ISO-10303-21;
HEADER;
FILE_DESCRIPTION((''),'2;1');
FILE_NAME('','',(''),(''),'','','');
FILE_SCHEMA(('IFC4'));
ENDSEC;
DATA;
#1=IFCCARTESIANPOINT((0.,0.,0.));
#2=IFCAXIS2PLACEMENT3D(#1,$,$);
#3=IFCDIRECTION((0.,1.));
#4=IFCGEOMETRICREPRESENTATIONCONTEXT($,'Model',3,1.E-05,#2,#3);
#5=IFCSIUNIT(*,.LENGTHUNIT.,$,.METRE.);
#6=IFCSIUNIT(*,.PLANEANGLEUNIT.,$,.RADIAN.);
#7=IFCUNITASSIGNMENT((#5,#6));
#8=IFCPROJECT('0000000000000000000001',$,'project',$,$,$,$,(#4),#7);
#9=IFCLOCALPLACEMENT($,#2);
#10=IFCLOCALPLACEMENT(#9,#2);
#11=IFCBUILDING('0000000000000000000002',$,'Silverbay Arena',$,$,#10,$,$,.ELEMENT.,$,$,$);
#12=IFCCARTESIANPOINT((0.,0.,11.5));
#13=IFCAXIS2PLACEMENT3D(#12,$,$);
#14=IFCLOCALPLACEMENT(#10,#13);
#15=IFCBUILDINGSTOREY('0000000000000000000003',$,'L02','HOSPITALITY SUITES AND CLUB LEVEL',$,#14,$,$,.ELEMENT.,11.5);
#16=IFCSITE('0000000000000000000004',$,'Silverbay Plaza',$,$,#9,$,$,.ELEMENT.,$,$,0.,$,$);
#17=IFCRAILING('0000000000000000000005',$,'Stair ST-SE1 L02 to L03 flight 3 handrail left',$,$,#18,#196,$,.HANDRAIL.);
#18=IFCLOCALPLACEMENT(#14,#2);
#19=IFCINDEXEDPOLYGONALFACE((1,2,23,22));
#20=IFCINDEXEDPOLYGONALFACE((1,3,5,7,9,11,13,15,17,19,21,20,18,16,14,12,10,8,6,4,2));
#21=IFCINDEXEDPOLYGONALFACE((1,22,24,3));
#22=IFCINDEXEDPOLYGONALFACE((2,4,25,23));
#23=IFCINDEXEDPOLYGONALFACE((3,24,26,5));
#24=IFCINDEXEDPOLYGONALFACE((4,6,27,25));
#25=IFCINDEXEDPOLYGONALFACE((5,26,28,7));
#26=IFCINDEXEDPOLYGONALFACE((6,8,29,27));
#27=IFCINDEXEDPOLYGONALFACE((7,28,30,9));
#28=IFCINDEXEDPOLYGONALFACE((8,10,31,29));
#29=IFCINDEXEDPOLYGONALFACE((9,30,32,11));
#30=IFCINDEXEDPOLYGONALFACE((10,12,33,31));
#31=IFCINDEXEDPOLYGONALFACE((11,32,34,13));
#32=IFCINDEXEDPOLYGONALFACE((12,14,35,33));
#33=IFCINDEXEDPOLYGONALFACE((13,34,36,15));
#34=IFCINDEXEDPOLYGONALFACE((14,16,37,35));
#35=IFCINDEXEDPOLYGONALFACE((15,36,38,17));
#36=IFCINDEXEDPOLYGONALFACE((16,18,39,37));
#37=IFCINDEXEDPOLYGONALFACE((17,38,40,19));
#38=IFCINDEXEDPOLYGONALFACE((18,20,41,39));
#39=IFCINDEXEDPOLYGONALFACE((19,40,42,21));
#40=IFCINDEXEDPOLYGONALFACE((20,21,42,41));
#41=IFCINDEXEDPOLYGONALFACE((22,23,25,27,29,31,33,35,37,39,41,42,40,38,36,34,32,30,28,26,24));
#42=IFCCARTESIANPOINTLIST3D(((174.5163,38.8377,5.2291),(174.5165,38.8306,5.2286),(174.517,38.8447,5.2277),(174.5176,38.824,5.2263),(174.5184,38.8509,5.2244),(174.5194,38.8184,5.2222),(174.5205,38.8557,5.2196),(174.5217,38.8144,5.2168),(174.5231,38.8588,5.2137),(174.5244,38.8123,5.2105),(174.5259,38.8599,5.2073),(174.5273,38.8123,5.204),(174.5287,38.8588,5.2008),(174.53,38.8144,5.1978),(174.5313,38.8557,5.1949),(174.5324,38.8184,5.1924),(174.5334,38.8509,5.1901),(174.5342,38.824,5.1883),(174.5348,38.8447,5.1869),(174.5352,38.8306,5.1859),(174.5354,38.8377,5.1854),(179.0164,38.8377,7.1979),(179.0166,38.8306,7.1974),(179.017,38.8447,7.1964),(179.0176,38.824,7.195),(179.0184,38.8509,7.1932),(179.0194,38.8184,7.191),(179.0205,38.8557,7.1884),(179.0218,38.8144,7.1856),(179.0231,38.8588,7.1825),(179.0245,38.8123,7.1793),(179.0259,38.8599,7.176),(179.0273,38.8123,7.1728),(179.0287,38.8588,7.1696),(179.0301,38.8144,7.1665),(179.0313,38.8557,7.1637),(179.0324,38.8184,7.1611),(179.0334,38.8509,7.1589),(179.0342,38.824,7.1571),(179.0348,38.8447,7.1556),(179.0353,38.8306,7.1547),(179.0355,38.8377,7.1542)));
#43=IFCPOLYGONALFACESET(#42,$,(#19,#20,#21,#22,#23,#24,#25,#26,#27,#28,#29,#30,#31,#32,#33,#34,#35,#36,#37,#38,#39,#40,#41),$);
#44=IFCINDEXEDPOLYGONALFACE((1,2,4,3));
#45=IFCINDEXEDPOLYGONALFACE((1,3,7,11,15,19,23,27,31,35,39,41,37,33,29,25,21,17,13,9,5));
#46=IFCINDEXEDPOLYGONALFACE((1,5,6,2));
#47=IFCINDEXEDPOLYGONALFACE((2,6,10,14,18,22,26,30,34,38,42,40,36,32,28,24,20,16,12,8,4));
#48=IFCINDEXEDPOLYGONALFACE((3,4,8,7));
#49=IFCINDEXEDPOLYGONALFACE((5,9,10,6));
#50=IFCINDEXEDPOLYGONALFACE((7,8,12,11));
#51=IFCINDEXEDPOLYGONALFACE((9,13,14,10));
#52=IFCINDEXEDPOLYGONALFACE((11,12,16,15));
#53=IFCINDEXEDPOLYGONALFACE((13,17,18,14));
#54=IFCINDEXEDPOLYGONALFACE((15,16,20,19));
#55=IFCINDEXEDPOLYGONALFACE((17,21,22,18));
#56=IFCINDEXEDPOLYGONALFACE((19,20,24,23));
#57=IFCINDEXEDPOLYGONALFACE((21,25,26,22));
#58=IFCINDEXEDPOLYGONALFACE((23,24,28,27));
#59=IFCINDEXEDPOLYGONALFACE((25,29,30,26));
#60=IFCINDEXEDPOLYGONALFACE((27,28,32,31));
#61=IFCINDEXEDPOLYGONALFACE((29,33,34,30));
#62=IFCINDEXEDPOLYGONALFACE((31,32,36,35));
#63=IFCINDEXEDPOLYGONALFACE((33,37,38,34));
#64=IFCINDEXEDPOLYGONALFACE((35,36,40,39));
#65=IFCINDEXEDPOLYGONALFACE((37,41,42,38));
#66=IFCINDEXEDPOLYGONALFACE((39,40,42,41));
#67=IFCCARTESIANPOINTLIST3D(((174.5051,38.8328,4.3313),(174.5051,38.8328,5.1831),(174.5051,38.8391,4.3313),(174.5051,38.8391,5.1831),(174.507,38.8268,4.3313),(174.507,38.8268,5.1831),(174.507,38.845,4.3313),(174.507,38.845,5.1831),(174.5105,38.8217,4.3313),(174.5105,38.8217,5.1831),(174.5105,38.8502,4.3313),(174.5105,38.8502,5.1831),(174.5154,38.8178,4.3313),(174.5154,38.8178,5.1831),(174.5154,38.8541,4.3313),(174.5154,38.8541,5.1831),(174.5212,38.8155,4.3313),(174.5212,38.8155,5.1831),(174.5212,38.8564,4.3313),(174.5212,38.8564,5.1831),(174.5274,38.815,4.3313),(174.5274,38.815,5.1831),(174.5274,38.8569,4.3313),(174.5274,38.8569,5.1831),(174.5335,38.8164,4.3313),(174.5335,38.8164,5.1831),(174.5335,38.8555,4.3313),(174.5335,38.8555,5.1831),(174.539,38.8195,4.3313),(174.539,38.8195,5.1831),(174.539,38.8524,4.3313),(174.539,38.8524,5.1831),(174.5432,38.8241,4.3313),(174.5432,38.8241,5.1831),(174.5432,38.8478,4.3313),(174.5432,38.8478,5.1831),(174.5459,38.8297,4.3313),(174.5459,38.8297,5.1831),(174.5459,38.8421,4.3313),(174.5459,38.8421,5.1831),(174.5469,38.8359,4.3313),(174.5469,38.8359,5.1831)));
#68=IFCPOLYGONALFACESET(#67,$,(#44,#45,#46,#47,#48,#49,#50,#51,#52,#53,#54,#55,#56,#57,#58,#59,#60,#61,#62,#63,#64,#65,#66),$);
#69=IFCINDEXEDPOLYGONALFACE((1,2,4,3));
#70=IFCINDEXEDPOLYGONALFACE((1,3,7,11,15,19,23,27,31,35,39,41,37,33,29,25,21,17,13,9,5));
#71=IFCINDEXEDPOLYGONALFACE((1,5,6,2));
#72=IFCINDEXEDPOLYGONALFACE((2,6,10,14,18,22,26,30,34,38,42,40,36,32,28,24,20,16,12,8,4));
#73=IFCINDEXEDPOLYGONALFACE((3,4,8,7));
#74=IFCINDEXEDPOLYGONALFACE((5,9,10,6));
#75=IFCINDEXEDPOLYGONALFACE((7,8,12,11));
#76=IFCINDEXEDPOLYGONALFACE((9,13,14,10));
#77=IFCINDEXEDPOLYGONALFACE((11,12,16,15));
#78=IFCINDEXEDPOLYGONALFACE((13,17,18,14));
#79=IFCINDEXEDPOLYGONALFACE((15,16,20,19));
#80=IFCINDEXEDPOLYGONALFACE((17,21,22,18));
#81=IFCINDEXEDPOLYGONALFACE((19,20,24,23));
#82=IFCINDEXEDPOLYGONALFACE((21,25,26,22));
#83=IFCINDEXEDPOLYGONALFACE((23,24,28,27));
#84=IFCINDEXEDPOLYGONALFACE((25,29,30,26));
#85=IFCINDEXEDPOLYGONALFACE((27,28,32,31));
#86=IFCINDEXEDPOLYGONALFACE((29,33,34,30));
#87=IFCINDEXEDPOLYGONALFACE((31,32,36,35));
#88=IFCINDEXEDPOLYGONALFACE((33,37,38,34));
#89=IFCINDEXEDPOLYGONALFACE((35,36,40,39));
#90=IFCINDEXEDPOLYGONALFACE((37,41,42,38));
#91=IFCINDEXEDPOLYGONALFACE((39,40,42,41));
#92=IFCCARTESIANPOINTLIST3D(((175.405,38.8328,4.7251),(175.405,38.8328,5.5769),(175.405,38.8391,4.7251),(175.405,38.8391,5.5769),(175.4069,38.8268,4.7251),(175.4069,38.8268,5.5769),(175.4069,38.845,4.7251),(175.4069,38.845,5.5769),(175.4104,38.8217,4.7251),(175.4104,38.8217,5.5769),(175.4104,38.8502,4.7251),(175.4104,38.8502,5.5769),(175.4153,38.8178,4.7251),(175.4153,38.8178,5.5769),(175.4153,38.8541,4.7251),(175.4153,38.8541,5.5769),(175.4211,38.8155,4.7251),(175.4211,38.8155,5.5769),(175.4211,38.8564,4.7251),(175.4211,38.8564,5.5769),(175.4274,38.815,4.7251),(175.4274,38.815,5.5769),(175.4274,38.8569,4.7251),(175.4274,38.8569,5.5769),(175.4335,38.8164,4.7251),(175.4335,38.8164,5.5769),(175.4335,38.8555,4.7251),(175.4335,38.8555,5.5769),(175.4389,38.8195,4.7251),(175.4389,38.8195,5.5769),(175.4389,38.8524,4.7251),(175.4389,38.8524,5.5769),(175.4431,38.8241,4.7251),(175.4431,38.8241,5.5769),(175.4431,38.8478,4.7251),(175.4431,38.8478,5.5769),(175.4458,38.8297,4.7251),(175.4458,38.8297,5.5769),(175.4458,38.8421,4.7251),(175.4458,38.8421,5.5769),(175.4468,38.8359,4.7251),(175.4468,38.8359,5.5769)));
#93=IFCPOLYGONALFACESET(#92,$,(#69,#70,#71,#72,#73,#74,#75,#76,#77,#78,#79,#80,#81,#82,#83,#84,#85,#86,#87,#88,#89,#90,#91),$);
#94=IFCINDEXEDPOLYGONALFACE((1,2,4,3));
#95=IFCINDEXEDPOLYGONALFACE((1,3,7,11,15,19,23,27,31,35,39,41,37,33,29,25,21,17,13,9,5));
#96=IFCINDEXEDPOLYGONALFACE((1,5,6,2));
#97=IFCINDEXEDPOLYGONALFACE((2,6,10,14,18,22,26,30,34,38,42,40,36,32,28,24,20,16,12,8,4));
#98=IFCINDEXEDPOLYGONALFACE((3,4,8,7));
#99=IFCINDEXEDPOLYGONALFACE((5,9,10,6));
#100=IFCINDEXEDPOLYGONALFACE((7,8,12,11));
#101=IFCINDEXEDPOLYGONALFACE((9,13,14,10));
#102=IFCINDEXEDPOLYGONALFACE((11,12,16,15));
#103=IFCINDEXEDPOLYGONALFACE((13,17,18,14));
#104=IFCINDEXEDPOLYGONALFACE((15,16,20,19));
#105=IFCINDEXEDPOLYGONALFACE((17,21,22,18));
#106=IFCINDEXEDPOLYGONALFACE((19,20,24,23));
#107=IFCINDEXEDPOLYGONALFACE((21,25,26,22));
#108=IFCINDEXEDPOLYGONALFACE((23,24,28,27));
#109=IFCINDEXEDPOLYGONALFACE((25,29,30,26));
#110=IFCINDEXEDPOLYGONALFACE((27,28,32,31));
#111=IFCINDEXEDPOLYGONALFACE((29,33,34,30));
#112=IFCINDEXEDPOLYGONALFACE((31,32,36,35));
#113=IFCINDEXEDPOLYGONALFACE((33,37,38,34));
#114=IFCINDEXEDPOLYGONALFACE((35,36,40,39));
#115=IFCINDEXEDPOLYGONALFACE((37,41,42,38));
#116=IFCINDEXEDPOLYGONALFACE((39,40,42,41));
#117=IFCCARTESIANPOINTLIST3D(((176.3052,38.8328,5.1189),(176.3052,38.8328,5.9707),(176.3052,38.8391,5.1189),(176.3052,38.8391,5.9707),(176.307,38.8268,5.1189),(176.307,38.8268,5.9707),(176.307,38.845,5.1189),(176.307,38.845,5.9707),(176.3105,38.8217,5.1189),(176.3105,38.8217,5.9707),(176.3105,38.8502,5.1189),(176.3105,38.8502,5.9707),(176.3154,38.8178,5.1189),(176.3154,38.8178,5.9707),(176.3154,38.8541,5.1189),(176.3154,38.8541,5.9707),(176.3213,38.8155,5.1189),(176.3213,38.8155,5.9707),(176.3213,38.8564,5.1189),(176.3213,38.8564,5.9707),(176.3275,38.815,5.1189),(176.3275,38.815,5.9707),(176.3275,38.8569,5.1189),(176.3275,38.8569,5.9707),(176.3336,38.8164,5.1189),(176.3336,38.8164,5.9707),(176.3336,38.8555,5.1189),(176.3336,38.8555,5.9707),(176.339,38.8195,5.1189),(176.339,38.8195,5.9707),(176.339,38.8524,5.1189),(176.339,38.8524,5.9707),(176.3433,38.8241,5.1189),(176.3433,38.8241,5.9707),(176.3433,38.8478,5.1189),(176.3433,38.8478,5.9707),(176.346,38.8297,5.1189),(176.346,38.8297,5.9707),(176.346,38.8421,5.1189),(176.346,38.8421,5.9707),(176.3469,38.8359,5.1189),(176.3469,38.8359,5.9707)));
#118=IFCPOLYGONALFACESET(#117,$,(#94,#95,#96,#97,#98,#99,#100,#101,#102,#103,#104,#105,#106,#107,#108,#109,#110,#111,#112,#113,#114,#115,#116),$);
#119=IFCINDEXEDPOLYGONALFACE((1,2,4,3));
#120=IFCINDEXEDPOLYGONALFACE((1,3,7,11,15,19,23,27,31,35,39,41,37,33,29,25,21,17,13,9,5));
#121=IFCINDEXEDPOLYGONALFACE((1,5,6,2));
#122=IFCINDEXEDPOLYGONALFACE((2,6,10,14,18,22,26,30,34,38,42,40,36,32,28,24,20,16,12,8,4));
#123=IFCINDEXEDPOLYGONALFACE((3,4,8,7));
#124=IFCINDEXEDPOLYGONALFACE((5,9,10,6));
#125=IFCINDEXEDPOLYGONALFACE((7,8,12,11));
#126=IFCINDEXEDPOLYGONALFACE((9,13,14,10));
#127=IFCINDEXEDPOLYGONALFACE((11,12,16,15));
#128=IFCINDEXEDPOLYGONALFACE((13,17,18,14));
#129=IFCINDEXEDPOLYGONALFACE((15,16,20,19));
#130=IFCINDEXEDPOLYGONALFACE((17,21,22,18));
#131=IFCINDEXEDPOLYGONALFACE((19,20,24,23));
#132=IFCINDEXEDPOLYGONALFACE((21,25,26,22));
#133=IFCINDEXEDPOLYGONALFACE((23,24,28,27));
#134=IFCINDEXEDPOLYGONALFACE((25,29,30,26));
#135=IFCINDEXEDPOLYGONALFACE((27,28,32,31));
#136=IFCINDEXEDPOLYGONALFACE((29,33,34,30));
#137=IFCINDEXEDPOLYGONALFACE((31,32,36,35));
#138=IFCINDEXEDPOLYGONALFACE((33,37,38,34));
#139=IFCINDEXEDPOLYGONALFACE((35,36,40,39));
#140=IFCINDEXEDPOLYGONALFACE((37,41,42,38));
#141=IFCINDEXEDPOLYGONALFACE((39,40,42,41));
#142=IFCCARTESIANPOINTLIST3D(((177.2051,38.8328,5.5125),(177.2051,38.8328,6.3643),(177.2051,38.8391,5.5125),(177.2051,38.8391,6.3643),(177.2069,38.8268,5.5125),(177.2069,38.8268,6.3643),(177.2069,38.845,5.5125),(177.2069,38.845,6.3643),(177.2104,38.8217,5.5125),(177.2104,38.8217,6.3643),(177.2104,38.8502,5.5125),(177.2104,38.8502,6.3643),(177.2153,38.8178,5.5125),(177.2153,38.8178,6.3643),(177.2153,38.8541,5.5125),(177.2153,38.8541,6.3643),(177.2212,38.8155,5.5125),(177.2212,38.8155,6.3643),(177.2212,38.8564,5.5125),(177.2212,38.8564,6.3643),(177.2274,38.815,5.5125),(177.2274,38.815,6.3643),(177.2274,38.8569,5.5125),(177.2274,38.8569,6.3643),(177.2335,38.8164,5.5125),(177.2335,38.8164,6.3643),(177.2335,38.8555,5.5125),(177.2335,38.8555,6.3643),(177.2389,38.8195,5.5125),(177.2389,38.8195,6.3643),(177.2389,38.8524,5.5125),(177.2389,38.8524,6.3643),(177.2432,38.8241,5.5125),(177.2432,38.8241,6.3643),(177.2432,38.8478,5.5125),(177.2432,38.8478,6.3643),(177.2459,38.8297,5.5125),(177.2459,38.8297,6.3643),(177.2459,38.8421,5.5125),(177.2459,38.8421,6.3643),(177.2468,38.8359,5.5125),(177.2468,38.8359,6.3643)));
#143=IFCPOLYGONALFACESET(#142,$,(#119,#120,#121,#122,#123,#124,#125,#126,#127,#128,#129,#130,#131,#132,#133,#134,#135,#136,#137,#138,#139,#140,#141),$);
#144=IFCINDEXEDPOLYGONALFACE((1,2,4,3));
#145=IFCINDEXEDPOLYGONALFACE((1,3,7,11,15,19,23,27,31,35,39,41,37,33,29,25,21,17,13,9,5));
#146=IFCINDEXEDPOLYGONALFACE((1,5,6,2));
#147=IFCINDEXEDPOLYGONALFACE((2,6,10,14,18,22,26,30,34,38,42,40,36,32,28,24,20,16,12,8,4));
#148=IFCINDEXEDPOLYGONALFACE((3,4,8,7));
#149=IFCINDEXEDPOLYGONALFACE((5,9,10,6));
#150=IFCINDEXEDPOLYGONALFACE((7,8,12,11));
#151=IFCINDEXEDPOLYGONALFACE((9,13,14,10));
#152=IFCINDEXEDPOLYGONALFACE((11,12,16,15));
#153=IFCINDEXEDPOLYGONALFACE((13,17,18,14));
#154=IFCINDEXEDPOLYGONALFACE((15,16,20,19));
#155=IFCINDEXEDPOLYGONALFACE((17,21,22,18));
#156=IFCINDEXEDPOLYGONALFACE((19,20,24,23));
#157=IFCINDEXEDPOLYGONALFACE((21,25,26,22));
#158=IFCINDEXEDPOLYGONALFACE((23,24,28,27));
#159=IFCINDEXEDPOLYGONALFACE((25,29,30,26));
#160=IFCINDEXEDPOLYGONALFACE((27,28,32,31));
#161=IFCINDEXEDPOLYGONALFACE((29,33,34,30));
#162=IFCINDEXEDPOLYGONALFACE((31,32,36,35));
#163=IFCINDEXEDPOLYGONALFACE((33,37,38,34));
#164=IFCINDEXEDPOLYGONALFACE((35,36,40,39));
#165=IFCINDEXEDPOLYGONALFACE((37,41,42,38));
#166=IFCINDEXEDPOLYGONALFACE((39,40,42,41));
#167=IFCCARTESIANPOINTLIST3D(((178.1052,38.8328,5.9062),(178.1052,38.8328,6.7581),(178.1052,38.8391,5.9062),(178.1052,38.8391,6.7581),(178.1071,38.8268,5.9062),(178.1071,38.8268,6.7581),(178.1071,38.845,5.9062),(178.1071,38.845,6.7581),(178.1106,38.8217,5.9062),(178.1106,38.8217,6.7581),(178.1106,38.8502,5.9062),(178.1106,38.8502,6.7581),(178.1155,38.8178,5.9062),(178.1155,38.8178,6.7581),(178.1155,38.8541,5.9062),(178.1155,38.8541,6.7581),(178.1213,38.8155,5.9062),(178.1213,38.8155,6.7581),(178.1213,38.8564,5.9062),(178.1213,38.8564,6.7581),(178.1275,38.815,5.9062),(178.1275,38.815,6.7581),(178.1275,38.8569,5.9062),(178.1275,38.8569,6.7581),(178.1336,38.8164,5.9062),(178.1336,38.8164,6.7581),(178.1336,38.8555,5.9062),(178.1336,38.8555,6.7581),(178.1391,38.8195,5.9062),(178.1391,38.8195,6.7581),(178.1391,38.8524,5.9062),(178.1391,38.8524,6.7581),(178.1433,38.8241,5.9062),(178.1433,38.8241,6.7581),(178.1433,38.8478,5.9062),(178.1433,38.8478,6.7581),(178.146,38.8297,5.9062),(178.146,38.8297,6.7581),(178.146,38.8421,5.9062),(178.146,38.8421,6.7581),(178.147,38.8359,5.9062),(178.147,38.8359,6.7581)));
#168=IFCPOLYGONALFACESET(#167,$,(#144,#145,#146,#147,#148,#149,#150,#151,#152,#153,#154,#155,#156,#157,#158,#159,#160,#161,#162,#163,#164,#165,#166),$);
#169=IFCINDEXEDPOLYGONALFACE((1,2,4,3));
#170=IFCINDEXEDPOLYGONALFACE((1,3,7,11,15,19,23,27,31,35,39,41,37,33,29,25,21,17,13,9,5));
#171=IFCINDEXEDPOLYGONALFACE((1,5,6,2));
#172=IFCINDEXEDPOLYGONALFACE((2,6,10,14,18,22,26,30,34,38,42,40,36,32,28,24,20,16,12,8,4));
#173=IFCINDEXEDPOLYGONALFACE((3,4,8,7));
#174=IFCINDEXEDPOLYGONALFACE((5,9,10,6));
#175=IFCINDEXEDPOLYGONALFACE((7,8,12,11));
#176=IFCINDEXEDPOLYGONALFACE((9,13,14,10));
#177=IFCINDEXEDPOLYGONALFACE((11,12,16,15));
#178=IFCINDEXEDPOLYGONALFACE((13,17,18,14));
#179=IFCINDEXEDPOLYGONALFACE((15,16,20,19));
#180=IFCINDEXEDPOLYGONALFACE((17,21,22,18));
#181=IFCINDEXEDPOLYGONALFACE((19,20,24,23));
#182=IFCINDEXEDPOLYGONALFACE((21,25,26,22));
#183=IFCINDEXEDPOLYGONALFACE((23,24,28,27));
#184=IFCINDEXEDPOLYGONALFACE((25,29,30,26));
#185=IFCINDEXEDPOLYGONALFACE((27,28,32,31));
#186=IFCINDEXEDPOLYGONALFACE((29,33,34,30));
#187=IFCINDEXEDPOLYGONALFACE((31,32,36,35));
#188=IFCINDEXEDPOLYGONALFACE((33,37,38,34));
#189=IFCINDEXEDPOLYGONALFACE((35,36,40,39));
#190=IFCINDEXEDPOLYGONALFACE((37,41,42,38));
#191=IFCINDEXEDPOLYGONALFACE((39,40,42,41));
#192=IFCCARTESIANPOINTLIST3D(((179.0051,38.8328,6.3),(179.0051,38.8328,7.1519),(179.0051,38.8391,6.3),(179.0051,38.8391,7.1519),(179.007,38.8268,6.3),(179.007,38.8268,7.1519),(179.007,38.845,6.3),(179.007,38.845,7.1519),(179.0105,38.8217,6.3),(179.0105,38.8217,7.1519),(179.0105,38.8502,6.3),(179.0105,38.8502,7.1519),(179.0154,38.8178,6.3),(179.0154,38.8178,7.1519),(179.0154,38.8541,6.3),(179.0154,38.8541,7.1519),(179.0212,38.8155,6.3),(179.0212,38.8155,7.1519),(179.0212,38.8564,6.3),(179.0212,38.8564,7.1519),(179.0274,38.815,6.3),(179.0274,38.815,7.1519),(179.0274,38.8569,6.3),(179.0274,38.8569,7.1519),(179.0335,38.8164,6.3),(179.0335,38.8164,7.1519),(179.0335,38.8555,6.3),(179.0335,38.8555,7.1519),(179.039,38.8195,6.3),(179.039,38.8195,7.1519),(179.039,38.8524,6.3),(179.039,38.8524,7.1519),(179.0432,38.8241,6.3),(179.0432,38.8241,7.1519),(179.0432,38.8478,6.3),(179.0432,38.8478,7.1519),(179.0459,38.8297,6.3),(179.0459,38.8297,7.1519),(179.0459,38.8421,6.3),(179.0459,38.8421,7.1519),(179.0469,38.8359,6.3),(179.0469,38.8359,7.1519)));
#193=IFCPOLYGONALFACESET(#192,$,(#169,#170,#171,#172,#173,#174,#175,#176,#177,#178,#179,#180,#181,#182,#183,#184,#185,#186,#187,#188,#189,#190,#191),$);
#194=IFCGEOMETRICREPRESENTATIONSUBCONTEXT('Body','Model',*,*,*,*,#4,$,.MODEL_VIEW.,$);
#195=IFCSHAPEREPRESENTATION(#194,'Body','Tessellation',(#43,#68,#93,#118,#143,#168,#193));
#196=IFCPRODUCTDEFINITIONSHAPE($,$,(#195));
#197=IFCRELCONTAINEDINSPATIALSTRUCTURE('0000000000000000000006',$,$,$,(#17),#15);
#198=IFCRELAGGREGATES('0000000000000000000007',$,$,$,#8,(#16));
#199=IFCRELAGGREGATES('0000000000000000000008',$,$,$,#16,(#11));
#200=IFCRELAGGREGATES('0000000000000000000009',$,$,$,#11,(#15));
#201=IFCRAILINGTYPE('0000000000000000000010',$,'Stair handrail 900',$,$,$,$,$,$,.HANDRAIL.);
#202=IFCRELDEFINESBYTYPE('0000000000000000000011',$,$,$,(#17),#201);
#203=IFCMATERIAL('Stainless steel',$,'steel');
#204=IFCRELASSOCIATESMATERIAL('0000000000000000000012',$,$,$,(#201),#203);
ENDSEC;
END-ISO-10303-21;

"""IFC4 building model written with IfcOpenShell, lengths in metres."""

from ifc_helpers import new_model, si_unit, direction, frame, origin, origin_2d, place, context, subcontext, project, spatial, circle, extrude, material, type_object, element, save


model = new_model("IFC4")

# Units and contexts
model_context = context("Model", 3, precision=1e-05, world=origin(), true_north=direction((0.0, 1.0)))
body_context = subcontext(model_context, "Body", "Model", "MODEL_VIEW")
ifc_project = project(units=[si_unit("LENGTHUNIT", "METRE"), si_unit("PLANEANGLEUNIT", "RADIAN")], contexts=[model_context])

# Site, building, storey
site_placement = place(None, origin())
site = spatial("IfcSite", under=ifc_project, at=site_placement, Name="Silverbay Plaza", CompositionType="ELEMENT", RefElevation=0.0)
building_placement = place(site_placement, origin())
building = spatial("IfcBuilding", under=site, at=building_placement, Name="Silverbay Arena", CompositionType="ELEMENT")
storey_placement = place(building_placement, frame((0.0, 0.0, 11.5)))
storey = spatial("IfcBuildingStorey", under=building, at=storey_placement, Name="L02", Description="HOSPITALITY SUITES AND CLUB LEVEL", CompositionType="ELEMENT", Elevation=11.5)

# Railing
ifc_material_1 = material(Name="Stainless steel", Category="steel")
railing_type_1 = type_object("IfcRailingType", Name="Stair handrail 900", PredefinedType="HANDRAIL", material=ifc_material_1)
for number, where, name in (
    (1, (174.5259, 38.8359, 4.3313), "Stair ST-SE1 L02 to L03 flight 3 handrail left"),
):
    element("IfcRailing", number, at=place(storey_placement, frame(where)), inside=storey, type_object=railing_type_1, Name=name, PredefinedType="HANDRAIL", context=body_context, shape_type="SweptSolid", body=[
        extrude(circle(Radius=0.0239, at=origin_2d()), frame((0.0, 0.0, 0.876), z_axis=(0.916157, 0.0, 0.400819), x_axis=(0.0, 1.0, 0.0)), (0.0, 0.0, 1.0), 4.9119),
        extrude(circle(Radius=0.021, at=origin_2d()), origin(), (0.0, 0.0, 1.0), 0.8518),
        extrude(circle(Radius=0.021, at=origin_2d()), frame((0.8999, 0.0, 0.3938)), (0.0, 0.0, 1.0), 0.8518),
        extrude(circle(Radius=0.021, at=origin_2d()), frame((1.8, 0.0, 0.7876)), (0.0, 0.0, 1.0), 0.8518),
        extrude(circle(Radius=0.021, at=origin_2d()), frame((2.7, 0.0, 1.1812)), (0.0, 0.0, 1.0), 0.8518),
        extrude(circle(Radius=0.021, at=origin_2d()), frame((3.6001, 0.0, 1.575)), (0.0, 0.0, 1.0), 0.8518),
        extrude(circle(Radius=0.021, at=origin_2d()), frame((4.5, 0.0, 1.9688)), (0.0, 0.0, 1.0), 0.8518),
    ])

save(model, "model.ifc")
